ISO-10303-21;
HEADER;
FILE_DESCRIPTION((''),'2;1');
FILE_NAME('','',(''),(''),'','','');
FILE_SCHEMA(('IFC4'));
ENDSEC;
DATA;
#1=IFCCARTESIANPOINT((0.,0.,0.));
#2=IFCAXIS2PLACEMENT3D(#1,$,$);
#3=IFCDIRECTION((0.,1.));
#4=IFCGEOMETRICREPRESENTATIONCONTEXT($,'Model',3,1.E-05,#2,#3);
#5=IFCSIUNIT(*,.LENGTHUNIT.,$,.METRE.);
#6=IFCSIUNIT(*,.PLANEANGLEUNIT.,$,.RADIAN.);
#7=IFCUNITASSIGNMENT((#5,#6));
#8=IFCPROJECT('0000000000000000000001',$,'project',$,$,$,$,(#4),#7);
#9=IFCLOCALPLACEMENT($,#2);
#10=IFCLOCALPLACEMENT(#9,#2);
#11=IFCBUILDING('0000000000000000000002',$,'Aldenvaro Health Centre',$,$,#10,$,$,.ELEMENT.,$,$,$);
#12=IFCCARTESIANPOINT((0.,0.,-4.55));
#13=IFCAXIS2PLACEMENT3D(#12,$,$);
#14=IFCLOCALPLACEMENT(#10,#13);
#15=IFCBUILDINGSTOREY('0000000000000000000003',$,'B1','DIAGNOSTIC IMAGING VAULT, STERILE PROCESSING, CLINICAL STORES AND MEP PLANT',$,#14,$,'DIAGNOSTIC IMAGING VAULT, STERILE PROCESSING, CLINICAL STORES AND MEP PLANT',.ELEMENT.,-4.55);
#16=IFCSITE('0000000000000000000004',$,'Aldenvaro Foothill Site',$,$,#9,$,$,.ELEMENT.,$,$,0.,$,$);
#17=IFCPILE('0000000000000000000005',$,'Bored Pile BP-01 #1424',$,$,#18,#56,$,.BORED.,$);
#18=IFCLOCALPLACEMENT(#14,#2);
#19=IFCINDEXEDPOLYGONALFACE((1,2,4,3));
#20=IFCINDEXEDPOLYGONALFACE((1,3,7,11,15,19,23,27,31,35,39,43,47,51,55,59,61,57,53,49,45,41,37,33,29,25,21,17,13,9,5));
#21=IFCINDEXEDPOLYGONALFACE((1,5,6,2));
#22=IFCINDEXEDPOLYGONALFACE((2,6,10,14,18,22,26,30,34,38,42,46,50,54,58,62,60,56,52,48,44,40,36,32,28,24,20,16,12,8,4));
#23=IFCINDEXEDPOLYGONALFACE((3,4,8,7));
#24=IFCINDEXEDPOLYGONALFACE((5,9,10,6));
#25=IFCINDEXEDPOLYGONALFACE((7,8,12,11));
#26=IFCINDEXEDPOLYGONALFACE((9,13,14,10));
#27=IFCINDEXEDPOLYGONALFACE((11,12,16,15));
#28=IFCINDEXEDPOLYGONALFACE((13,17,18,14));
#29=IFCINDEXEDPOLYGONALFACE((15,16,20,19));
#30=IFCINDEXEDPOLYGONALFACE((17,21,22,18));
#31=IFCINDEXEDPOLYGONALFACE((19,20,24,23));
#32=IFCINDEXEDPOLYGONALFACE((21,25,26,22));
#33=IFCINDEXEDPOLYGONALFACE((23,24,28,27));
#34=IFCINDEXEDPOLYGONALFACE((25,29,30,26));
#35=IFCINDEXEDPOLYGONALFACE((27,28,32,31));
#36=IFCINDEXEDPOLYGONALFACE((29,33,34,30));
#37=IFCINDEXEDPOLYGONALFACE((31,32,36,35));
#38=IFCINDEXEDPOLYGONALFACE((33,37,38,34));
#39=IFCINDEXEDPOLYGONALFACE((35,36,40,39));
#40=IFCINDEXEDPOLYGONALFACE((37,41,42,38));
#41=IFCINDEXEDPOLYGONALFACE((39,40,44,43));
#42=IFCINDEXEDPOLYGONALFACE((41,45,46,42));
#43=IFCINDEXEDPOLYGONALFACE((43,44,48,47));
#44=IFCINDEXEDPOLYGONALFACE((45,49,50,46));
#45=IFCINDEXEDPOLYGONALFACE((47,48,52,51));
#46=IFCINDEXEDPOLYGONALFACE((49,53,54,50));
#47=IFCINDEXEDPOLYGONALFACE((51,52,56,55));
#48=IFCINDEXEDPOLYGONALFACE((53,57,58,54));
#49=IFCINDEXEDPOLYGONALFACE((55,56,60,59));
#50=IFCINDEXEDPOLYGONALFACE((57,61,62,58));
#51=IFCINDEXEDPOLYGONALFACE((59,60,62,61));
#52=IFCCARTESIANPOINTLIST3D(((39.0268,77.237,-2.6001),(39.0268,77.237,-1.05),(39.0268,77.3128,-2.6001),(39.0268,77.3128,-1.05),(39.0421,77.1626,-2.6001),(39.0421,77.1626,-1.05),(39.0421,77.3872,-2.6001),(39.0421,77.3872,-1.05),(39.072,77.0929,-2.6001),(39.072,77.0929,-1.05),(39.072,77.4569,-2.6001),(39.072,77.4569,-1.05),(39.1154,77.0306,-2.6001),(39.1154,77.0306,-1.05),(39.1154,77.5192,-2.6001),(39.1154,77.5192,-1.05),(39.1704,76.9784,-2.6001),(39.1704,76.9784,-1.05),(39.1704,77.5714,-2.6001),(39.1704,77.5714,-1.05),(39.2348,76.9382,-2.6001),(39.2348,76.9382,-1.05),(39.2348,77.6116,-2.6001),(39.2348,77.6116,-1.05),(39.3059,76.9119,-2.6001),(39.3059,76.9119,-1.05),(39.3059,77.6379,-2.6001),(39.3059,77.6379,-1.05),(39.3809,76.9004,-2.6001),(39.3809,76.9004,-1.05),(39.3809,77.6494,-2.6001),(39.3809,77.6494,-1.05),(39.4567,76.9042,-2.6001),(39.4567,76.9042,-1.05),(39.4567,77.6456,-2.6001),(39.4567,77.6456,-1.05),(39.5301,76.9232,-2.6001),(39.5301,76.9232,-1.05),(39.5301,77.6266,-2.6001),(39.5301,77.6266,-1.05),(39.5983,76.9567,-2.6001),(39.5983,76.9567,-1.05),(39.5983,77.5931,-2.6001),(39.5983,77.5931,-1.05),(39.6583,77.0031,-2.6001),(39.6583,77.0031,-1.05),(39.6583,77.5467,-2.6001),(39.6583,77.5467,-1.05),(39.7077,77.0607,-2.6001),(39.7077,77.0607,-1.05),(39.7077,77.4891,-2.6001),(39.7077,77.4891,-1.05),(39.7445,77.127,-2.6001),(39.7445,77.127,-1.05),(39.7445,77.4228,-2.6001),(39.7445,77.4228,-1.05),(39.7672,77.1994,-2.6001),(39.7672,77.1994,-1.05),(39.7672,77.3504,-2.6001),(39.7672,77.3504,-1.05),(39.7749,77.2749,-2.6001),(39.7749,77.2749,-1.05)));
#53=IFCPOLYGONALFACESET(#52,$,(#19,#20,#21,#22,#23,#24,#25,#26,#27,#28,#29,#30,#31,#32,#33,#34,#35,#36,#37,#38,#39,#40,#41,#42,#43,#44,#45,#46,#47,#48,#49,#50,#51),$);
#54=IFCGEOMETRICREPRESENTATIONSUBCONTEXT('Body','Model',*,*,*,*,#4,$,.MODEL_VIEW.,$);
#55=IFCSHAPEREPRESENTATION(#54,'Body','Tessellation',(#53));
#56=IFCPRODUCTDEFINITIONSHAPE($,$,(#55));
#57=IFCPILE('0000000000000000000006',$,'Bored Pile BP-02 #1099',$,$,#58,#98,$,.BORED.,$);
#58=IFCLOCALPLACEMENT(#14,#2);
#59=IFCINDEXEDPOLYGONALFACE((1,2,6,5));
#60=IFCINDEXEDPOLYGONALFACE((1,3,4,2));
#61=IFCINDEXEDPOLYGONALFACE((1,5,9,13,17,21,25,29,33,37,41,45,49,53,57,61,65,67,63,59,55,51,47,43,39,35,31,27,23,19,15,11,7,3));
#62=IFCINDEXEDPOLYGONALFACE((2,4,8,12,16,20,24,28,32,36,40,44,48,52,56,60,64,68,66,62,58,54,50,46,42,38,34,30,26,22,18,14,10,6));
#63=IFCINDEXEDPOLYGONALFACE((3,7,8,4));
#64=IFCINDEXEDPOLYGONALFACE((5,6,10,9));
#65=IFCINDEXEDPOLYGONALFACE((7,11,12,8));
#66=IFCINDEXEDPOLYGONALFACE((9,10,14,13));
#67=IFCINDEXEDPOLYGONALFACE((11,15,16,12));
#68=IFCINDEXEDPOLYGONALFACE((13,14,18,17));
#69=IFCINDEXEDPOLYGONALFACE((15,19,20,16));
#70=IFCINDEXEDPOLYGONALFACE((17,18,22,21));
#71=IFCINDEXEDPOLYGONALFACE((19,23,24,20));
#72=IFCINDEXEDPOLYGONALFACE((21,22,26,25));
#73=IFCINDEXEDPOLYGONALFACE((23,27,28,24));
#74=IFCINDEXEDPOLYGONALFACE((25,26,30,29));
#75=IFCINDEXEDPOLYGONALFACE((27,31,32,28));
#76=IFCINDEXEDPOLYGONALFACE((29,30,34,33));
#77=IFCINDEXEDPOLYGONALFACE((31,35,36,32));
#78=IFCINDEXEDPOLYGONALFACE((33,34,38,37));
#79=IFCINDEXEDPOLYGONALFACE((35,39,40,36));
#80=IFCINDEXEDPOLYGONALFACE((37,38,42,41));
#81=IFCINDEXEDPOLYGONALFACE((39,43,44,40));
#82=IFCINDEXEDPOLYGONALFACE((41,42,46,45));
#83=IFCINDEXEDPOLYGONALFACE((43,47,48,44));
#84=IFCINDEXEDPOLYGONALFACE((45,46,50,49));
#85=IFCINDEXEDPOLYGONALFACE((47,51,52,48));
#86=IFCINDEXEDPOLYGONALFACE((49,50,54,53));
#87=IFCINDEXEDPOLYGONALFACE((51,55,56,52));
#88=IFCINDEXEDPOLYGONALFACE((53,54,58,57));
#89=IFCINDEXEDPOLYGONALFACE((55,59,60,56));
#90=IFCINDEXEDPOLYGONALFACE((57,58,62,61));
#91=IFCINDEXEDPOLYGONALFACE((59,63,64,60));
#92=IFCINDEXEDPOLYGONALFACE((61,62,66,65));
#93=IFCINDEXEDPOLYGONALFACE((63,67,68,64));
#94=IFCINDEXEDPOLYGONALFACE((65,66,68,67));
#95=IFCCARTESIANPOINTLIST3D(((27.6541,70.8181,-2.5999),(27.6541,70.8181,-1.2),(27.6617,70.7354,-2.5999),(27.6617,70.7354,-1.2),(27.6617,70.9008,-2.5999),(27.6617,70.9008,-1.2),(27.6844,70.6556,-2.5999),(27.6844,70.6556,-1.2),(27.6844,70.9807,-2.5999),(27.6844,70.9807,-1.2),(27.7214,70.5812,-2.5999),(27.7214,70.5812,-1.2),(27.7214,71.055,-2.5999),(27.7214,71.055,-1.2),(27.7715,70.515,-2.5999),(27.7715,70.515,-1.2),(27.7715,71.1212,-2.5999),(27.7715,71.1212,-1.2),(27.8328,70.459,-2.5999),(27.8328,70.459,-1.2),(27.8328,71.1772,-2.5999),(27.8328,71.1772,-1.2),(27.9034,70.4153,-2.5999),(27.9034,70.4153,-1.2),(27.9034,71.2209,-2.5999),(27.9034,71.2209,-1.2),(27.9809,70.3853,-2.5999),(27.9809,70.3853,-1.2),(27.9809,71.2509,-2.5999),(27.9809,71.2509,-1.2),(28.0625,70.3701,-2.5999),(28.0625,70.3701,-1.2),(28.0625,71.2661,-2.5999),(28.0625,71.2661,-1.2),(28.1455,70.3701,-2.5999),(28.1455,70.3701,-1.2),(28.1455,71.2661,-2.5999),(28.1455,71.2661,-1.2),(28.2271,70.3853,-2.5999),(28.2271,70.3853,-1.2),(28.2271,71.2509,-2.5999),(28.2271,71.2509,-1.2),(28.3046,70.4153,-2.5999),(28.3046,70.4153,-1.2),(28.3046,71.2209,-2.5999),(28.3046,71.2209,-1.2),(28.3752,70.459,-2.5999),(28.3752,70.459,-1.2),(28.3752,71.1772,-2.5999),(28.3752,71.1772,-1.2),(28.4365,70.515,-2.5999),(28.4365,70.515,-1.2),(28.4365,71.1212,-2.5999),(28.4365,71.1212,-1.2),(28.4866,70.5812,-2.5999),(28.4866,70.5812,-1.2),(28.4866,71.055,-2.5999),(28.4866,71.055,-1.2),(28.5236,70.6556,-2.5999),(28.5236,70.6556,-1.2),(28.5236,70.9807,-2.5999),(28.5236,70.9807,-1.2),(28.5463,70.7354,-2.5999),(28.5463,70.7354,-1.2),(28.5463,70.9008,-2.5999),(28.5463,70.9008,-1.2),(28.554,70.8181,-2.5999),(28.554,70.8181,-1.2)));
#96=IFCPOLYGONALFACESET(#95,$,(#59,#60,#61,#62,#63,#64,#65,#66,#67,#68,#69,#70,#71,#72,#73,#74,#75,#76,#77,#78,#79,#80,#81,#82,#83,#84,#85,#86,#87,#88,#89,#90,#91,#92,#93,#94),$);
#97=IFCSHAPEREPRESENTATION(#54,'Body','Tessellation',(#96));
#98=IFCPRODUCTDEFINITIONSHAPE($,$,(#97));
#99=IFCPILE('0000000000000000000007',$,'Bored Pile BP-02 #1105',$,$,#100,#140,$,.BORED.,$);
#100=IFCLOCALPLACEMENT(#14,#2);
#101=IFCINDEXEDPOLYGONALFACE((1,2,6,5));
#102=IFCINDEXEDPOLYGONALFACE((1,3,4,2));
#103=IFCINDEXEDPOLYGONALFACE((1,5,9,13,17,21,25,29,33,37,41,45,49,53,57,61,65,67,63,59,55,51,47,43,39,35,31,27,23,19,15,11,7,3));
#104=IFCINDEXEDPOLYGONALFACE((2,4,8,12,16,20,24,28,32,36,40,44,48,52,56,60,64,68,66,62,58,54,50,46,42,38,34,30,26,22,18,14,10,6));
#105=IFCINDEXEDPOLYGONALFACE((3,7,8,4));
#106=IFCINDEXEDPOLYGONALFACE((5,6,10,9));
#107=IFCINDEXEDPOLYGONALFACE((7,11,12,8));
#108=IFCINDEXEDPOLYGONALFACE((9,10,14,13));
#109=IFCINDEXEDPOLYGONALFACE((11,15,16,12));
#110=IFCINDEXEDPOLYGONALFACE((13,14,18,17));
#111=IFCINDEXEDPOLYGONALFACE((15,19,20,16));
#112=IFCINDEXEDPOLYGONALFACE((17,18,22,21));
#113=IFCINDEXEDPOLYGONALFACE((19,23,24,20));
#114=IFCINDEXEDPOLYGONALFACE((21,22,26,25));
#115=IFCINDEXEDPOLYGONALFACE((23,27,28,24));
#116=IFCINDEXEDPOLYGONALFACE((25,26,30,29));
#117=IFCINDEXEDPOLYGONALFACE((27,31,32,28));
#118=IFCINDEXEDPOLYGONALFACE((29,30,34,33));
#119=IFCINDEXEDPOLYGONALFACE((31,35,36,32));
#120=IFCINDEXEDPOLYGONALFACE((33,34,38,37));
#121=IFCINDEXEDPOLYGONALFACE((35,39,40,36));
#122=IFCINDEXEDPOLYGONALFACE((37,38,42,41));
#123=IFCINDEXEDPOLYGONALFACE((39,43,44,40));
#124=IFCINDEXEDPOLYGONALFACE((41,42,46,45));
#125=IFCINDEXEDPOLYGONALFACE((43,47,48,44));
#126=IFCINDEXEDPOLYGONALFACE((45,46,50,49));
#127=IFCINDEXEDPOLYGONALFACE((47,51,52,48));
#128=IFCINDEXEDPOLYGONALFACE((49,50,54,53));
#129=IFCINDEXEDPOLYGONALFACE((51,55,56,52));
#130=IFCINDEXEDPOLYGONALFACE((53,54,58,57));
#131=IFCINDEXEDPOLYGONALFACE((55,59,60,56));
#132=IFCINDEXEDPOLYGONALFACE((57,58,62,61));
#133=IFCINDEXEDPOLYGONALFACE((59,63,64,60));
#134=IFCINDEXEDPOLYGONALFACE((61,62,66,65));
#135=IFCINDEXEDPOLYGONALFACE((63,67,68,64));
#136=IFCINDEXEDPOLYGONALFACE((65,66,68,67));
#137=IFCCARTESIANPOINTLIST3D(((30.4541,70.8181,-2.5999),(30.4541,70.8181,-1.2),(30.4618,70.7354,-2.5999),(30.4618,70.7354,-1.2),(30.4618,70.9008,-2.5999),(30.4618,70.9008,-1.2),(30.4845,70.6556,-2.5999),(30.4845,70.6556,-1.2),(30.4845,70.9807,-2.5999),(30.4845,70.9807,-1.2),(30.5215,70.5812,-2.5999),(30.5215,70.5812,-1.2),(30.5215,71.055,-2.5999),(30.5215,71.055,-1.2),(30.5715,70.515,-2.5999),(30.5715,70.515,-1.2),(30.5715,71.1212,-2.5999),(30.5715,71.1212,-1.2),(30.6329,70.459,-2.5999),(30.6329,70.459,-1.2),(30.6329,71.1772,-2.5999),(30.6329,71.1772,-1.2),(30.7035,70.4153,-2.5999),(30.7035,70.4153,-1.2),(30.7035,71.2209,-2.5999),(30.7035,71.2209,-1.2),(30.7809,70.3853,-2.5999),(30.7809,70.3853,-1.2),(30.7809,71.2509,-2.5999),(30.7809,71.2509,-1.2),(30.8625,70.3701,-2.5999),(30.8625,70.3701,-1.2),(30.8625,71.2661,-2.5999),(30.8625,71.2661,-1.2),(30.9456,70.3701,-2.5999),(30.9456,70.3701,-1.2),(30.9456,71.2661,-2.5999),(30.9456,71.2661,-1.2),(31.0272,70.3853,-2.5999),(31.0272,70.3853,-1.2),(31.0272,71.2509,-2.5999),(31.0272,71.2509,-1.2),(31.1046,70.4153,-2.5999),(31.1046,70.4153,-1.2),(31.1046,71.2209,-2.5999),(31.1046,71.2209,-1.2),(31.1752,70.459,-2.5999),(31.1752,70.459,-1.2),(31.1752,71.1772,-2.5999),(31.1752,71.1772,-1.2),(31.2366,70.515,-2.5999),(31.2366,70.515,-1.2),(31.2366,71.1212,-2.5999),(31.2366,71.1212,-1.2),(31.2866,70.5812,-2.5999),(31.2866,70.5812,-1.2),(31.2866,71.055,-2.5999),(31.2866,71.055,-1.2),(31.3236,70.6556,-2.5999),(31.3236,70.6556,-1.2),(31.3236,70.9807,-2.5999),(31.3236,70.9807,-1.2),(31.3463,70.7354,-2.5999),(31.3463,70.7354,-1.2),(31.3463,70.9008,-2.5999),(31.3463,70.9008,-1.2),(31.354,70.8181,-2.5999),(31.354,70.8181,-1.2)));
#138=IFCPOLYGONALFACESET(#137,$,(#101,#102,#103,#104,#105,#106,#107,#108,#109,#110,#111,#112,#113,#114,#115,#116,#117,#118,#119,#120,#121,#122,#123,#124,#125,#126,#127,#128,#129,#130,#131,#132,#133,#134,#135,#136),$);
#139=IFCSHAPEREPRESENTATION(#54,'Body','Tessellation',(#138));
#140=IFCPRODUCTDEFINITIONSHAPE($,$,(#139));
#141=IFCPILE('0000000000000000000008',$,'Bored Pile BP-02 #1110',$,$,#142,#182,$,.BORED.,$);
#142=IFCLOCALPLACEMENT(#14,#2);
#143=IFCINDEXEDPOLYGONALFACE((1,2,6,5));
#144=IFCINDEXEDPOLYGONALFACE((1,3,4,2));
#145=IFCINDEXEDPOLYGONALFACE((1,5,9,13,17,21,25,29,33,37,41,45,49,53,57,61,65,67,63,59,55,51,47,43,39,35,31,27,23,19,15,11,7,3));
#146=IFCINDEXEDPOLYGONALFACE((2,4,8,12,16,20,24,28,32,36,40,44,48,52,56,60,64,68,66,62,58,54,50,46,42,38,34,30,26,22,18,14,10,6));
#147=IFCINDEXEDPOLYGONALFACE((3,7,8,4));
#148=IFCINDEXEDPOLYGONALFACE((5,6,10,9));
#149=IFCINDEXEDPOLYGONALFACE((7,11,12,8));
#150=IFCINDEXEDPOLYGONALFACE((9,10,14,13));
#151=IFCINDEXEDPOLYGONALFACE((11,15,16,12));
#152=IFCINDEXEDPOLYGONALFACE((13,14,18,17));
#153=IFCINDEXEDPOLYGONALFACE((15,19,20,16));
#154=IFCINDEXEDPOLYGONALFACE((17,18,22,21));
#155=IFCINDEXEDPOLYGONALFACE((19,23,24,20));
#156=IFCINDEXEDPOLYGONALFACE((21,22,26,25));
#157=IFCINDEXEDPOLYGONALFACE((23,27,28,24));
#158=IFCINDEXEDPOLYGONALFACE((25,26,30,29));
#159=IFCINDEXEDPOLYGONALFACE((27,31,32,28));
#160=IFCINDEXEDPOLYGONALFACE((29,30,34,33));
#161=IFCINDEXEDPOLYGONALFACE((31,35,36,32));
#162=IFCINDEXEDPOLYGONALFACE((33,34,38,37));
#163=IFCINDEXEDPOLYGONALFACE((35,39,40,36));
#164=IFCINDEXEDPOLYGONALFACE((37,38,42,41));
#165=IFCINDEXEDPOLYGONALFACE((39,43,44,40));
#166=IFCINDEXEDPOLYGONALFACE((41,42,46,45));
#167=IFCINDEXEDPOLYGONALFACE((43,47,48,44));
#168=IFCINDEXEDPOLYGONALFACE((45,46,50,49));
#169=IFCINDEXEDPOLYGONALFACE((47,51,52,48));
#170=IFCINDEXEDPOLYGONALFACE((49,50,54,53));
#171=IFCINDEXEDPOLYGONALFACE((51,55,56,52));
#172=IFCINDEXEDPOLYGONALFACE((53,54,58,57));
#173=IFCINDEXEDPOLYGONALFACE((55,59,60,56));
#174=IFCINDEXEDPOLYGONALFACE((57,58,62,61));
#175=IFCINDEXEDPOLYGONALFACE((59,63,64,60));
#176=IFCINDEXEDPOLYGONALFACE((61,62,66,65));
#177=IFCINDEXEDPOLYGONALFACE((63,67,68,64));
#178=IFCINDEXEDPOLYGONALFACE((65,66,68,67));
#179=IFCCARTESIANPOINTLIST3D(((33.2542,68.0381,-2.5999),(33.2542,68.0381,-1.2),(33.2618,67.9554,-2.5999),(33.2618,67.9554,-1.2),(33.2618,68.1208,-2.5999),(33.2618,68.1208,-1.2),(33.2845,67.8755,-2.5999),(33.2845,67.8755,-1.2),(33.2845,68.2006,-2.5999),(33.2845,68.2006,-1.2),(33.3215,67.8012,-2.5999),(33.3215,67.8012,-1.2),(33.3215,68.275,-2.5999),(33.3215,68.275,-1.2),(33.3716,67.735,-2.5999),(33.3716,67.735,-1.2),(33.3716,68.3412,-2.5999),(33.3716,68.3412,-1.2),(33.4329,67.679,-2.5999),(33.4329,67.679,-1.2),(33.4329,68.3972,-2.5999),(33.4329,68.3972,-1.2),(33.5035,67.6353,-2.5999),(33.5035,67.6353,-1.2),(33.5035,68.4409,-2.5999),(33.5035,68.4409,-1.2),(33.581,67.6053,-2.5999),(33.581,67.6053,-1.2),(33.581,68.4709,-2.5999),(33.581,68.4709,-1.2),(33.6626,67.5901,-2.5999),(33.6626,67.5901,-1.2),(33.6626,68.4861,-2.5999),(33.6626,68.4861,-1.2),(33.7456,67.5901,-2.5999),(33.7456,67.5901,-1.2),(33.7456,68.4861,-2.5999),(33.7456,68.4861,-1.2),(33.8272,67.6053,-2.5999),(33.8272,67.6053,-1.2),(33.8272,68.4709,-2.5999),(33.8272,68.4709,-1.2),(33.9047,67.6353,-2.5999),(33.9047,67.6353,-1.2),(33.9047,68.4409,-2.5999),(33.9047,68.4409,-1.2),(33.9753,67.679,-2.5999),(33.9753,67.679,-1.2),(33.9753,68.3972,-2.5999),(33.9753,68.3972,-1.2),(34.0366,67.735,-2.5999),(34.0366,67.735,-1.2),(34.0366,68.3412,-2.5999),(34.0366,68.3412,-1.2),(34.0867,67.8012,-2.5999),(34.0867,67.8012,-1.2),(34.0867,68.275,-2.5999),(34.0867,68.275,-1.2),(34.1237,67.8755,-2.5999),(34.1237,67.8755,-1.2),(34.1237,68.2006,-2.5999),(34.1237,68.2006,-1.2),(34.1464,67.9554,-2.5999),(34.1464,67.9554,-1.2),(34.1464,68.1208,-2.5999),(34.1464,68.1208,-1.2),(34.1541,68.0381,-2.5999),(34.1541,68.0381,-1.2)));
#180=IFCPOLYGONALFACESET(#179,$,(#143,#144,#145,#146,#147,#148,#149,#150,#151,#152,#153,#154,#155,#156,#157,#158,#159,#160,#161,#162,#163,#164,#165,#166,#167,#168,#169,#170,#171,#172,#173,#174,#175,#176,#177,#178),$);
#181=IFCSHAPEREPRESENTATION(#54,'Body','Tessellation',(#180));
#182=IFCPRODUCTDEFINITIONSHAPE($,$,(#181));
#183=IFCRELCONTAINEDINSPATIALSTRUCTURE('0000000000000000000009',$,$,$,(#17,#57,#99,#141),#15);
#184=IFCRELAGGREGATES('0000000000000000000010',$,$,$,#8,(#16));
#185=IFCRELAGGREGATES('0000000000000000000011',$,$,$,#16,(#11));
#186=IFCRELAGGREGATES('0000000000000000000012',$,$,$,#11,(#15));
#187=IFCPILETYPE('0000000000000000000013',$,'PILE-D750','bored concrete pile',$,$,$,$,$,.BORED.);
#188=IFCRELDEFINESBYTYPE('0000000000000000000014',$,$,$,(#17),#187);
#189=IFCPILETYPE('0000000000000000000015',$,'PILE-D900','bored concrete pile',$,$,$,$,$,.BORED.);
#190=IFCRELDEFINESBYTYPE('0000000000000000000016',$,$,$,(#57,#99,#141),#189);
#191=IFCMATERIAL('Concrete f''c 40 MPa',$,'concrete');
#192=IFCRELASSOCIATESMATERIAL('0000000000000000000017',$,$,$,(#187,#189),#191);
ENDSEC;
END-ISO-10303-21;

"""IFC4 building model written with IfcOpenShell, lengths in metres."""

from ifc_helpers import new_model, si_unit, direction, frame, origin, origin_2d, place, context, subcontext, project, spatial, circle, extrude, material, material_profile, profile_set, type_object, element, save


model = new_model("IFC4")

# Units and contexts
model_context = context("Model", 3, precision=1e-05, world=origin(), true_north=direction((0.0, 1.0)))
body_context = subcontext(model_context, "Body", "Model", "MODEL_VIEW")
ifc_project = project(units=[si_unit("LENGTHUNIT", "METRE"), si_unit("PLANEANGLEUNIT", "RADIAN")], contexts=[model_context])

# Site, building, storey
site_placement = place(None, origin())
site = spatial("IfcSite", under=ifc_project, at=site_placement, Name="Aldenvaro Foothill Site", CompositionType="ELEMENT", RefElevation=0.0)
building_placement = place(site_placement, origin())
building = spatial("IfcBuilding", under=site, at=building_placement, Name="Aldenvaro Health Centre", CompositionType="ELEMENT")
storey_placement = place(building_placement, frame((0.0, 0.0, -4.55)))
storey = spatial("IfcBuildingStorey", under=building, at=storey_placement, Name="B1", Description="DIAGNOSTIC IMAGING VAULT, STERILE PROCESSING, CLINICAL STORES AND MEP PLANT", LongName="DIAGNOSTIC IMAGING VAULT, STERILE PROCESSING, CLINICAL STORES AND MEP PLANT", CompositionType="ELEMENT", Elevation=-4.55)

# Shared definitions
ifc_material_1 = material(Name="Concrete f'c 40 MPa", Category="concrete")

# Piles
ifc_material_profile_1 = material_profile(ifc_material_1, circle(Radius=0.375, at=origin_2d()), Name="PILE D750", Category="concrete")
ifc_profile_set_1 = profile_set([ifc_material_profile_1], Name="Concrete f'c 40 MPa")
pile_type_1 = type_object("IfcPileType", Name="PILE-D750", Description="bored concrete pile", PredefinedType="BORED", material=ifc_profile_set_1)
for number, where, z_axis, x_axis, name in (
    (1, (39.3999, 77.2749, -1.05), (0.0, 0.0, -1.0), (1.0, 0.0, 0.0), "Bored Pile BP-01 #1424"),
):
    element("IfcPile", number, at=place(storey_placement, frame(where, z_axis=z_axis, x_axis=x_axis)), inside=storey, type_object=pile_type_1, Name=name, PredefinedType="BORED", context=body_context, shape_type="SweptSolid", body=[
        extrude(circle(Radius=0.375, at=origin_2d()), origin(), (0.0, 0.0, 1.0), 1.55),
    ])
ifc_material_profile_2 = material_profile(ifc_material_1, circle(Radius=0.45, at=origin_2d()), Name="PILE D900", Category="concrete")
ifc_profile_set_2 = profile_set([ifc_material_profile_2], Name="Concrete f'c 40 MPa")
pile_type_2 = type_object("IfcPileType", Name="PILE-D900", Description="bored concrete pile", PredefinedType="BORED", material=ifc_profile_set_2)
for number, where, z_axis, x_axis, name in (
    (2, (28.104, 70.8181, -1.2), (0.0, 0.0, -1.0), (1.0, 0.0, 0.0), "Bored Pile BP-02 #1099"),
    (3, (30.9041, 70.8181, -1.2), (0.0, 0.0, -1.0), (1.0, 0.0, 0.0), "Bored Pile BP-02 #1105"),
    (4, (33.7041, 68.0381, -1.2), (0.0, 0.0, -1.0), (1.0, 0.0, 0.0), "Bored Pile BP-02 #1110"),
):
    element("IfcPile", number, at=place(storey_placement, frame(where, z_axis=z_axis, x_axis=x_axis)), inside=storey, type_object=pile_type_2, Name=name, PredefinedType="BORED", context=body_context, shape_type="SweptSolid", body=[
        extrude(circle(Radius=0.45, at=origin_2d()), origin(), (0.0, 0.0, 1.0), 1.3999),
    ])

save(model, "model.ifc")
